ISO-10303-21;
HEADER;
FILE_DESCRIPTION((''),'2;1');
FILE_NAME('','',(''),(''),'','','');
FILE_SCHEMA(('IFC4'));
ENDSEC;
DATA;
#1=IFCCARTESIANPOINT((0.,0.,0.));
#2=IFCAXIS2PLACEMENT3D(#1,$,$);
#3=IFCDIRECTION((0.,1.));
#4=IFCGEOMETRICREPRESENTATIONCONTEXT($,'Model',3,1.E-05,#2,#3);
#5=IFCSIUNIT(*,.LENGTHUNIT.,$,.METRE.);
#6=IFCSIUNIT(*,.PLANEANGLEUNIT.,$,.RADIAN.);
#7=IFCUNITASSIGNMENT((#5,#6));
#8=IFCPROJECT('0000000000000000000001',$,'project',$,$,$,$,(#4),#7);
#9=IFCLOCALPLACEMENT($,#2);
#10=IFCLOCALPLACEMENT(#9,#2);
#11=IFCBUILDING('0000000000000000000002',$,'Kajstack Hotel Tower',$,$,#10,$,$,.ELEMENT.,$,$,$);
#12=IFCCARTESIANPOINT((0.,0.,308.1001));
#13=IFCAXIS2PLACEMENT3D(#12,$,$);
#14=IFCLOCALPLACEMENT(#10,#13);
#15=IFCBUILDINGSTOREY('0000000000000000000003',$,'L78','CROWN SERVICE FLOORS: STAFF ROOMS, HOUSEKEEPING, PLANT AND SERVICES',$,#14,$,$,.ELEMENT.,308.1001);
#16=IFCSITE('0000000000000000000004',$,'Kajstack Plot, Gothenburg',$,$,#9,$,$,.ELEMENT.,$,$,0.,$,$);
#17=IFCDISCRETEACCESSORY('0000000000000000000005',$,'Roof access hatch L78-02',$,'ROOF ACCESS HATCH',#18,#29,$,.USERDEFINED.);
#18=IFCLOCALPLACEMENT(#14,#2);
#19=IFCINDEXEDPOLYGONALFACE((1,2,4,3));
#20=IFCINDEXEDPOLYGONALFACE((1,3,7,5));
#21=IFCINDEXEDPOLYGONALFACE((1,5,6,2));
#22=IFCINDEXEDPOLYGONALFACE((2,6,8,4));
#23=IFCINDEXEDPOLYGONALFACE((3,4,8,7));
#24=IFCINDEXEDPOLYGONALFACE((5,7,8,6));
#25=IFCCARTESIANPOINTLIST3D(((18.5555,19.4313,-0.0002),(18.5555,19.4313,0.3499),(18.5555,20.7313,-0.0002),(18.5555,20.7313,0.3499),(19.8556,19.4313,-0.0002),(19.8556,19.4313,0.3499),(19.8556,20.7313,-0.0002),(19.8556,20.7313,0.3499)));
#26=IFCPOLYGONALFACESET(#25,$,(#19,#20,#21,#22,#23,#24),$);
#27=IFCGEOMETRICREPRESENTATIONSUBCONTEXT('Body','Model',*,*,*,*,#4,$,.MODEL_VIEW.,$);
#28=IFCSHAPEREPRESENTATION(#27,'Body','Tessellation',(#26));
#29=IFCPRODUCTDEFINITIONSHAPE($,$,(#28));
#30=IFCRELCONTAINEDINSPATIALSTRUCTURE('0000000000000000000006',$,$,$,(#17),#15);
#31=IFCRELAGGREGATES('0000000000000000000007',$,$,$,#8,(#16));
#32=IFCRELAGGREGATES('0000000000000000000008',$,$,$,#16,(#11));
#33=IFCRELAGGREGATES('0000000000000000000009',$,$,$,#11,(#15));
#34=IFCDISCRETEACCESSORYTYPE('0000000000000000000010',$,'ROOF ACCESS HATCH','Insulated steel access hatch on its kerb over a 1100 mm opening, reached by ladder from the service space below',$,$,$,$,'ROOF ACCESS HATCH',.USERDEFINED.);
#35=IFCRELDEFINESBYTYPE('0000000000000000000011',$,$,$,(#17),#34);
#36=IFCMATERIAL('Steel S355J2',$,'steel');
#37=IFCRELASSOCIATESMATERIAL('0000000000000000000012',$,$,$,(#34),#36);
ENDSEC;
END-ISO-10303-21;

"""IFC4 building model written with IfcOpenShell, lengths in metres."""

from ifc_helpers import new_model, si_unit, direction, frame, origin, origin_2d, place, context, subcontext, project, spatial, rectangle, extrude, material, type_object, element, save


model = new_model("IFC4")

# Units and contexts
model_context = context("Model", 3, precision=1e-05, world=origin(), true_north=direction((0.0, 1.0)))
body_context = subcontext(model_context, "Body", "Model", "MODEL_VIEW")
ifc_project = project(units=[si_unit("LENGTHUNIT", "METRE"), si_unit("PLANEANGLEUNIT", "RADIAN")], contexts=[model_context])

# Site, building, storey
site_placement = place(None, origin())
site = spatial("IfcSite", under=ifc_project, at=site_placement, Name="Kajstack Plot, Gothenburg", CompositionType="ELEMENT", RefElevation=0.0)
building_placement = place(site_placement, origin())
building = spatial("IfcBuilding", under=site, at=building_placement, Name="Kajstack Hotel Tower", CompositionType="ELEMENT")
storey_placement = place(building_placement, frame((0.0, 0.0, 308.1001)))
storey = spatial("IfcBuildingStorey", under=building, at=storey_placement, Name="L78", Description="CROWN SERVICE FLOORS: STAFF ROOMS, HOUSEKEEPING, PLANT AND SERVICES", CompositionType="ELEMENT", Elevation=308.1001)

# Shared definitions
ifc_material_1 = material(Name="Steel S355J2", Category="steel")

# Discrete accessory
discrete_accessory_type = type_object("IfcDiscreteAccessoryType", Name="ROOF ACCESS HATCH", Description="Insulated steel access hatch on its kerb over a 1100 mm opening, reached by ladder from the service space below", ElementType="ROOF ACCESS HATCH", PredefinedType="USERDEFINED", material=ifc_material_1)
discrete_accessory_placement = place(storey_placement, frame((19.2056, 20.0813, -0.0002), z_axis=(0.0, 0.0, 1.0), x_axis=(1.0, 0.0, 0.0)))
element("IfcDiscreteAccessory", 1, at=discrete_accessory_placement, inside=storey, type_object=discrete_accessory_type, Name="Roof access hatch L78-02", ObjectType="ROOF ACCESS HATCH", PredefinedType="USERDEFINED", context=body_context, shape_type="SweptSolid", body=[
    extrude(rectangle(XDim=1.3, YDim=1.3, at=origin_2d()), origin(), (0.0, 0.0, 1.0), 0.3501),
])

save(model, "model.ifc")
